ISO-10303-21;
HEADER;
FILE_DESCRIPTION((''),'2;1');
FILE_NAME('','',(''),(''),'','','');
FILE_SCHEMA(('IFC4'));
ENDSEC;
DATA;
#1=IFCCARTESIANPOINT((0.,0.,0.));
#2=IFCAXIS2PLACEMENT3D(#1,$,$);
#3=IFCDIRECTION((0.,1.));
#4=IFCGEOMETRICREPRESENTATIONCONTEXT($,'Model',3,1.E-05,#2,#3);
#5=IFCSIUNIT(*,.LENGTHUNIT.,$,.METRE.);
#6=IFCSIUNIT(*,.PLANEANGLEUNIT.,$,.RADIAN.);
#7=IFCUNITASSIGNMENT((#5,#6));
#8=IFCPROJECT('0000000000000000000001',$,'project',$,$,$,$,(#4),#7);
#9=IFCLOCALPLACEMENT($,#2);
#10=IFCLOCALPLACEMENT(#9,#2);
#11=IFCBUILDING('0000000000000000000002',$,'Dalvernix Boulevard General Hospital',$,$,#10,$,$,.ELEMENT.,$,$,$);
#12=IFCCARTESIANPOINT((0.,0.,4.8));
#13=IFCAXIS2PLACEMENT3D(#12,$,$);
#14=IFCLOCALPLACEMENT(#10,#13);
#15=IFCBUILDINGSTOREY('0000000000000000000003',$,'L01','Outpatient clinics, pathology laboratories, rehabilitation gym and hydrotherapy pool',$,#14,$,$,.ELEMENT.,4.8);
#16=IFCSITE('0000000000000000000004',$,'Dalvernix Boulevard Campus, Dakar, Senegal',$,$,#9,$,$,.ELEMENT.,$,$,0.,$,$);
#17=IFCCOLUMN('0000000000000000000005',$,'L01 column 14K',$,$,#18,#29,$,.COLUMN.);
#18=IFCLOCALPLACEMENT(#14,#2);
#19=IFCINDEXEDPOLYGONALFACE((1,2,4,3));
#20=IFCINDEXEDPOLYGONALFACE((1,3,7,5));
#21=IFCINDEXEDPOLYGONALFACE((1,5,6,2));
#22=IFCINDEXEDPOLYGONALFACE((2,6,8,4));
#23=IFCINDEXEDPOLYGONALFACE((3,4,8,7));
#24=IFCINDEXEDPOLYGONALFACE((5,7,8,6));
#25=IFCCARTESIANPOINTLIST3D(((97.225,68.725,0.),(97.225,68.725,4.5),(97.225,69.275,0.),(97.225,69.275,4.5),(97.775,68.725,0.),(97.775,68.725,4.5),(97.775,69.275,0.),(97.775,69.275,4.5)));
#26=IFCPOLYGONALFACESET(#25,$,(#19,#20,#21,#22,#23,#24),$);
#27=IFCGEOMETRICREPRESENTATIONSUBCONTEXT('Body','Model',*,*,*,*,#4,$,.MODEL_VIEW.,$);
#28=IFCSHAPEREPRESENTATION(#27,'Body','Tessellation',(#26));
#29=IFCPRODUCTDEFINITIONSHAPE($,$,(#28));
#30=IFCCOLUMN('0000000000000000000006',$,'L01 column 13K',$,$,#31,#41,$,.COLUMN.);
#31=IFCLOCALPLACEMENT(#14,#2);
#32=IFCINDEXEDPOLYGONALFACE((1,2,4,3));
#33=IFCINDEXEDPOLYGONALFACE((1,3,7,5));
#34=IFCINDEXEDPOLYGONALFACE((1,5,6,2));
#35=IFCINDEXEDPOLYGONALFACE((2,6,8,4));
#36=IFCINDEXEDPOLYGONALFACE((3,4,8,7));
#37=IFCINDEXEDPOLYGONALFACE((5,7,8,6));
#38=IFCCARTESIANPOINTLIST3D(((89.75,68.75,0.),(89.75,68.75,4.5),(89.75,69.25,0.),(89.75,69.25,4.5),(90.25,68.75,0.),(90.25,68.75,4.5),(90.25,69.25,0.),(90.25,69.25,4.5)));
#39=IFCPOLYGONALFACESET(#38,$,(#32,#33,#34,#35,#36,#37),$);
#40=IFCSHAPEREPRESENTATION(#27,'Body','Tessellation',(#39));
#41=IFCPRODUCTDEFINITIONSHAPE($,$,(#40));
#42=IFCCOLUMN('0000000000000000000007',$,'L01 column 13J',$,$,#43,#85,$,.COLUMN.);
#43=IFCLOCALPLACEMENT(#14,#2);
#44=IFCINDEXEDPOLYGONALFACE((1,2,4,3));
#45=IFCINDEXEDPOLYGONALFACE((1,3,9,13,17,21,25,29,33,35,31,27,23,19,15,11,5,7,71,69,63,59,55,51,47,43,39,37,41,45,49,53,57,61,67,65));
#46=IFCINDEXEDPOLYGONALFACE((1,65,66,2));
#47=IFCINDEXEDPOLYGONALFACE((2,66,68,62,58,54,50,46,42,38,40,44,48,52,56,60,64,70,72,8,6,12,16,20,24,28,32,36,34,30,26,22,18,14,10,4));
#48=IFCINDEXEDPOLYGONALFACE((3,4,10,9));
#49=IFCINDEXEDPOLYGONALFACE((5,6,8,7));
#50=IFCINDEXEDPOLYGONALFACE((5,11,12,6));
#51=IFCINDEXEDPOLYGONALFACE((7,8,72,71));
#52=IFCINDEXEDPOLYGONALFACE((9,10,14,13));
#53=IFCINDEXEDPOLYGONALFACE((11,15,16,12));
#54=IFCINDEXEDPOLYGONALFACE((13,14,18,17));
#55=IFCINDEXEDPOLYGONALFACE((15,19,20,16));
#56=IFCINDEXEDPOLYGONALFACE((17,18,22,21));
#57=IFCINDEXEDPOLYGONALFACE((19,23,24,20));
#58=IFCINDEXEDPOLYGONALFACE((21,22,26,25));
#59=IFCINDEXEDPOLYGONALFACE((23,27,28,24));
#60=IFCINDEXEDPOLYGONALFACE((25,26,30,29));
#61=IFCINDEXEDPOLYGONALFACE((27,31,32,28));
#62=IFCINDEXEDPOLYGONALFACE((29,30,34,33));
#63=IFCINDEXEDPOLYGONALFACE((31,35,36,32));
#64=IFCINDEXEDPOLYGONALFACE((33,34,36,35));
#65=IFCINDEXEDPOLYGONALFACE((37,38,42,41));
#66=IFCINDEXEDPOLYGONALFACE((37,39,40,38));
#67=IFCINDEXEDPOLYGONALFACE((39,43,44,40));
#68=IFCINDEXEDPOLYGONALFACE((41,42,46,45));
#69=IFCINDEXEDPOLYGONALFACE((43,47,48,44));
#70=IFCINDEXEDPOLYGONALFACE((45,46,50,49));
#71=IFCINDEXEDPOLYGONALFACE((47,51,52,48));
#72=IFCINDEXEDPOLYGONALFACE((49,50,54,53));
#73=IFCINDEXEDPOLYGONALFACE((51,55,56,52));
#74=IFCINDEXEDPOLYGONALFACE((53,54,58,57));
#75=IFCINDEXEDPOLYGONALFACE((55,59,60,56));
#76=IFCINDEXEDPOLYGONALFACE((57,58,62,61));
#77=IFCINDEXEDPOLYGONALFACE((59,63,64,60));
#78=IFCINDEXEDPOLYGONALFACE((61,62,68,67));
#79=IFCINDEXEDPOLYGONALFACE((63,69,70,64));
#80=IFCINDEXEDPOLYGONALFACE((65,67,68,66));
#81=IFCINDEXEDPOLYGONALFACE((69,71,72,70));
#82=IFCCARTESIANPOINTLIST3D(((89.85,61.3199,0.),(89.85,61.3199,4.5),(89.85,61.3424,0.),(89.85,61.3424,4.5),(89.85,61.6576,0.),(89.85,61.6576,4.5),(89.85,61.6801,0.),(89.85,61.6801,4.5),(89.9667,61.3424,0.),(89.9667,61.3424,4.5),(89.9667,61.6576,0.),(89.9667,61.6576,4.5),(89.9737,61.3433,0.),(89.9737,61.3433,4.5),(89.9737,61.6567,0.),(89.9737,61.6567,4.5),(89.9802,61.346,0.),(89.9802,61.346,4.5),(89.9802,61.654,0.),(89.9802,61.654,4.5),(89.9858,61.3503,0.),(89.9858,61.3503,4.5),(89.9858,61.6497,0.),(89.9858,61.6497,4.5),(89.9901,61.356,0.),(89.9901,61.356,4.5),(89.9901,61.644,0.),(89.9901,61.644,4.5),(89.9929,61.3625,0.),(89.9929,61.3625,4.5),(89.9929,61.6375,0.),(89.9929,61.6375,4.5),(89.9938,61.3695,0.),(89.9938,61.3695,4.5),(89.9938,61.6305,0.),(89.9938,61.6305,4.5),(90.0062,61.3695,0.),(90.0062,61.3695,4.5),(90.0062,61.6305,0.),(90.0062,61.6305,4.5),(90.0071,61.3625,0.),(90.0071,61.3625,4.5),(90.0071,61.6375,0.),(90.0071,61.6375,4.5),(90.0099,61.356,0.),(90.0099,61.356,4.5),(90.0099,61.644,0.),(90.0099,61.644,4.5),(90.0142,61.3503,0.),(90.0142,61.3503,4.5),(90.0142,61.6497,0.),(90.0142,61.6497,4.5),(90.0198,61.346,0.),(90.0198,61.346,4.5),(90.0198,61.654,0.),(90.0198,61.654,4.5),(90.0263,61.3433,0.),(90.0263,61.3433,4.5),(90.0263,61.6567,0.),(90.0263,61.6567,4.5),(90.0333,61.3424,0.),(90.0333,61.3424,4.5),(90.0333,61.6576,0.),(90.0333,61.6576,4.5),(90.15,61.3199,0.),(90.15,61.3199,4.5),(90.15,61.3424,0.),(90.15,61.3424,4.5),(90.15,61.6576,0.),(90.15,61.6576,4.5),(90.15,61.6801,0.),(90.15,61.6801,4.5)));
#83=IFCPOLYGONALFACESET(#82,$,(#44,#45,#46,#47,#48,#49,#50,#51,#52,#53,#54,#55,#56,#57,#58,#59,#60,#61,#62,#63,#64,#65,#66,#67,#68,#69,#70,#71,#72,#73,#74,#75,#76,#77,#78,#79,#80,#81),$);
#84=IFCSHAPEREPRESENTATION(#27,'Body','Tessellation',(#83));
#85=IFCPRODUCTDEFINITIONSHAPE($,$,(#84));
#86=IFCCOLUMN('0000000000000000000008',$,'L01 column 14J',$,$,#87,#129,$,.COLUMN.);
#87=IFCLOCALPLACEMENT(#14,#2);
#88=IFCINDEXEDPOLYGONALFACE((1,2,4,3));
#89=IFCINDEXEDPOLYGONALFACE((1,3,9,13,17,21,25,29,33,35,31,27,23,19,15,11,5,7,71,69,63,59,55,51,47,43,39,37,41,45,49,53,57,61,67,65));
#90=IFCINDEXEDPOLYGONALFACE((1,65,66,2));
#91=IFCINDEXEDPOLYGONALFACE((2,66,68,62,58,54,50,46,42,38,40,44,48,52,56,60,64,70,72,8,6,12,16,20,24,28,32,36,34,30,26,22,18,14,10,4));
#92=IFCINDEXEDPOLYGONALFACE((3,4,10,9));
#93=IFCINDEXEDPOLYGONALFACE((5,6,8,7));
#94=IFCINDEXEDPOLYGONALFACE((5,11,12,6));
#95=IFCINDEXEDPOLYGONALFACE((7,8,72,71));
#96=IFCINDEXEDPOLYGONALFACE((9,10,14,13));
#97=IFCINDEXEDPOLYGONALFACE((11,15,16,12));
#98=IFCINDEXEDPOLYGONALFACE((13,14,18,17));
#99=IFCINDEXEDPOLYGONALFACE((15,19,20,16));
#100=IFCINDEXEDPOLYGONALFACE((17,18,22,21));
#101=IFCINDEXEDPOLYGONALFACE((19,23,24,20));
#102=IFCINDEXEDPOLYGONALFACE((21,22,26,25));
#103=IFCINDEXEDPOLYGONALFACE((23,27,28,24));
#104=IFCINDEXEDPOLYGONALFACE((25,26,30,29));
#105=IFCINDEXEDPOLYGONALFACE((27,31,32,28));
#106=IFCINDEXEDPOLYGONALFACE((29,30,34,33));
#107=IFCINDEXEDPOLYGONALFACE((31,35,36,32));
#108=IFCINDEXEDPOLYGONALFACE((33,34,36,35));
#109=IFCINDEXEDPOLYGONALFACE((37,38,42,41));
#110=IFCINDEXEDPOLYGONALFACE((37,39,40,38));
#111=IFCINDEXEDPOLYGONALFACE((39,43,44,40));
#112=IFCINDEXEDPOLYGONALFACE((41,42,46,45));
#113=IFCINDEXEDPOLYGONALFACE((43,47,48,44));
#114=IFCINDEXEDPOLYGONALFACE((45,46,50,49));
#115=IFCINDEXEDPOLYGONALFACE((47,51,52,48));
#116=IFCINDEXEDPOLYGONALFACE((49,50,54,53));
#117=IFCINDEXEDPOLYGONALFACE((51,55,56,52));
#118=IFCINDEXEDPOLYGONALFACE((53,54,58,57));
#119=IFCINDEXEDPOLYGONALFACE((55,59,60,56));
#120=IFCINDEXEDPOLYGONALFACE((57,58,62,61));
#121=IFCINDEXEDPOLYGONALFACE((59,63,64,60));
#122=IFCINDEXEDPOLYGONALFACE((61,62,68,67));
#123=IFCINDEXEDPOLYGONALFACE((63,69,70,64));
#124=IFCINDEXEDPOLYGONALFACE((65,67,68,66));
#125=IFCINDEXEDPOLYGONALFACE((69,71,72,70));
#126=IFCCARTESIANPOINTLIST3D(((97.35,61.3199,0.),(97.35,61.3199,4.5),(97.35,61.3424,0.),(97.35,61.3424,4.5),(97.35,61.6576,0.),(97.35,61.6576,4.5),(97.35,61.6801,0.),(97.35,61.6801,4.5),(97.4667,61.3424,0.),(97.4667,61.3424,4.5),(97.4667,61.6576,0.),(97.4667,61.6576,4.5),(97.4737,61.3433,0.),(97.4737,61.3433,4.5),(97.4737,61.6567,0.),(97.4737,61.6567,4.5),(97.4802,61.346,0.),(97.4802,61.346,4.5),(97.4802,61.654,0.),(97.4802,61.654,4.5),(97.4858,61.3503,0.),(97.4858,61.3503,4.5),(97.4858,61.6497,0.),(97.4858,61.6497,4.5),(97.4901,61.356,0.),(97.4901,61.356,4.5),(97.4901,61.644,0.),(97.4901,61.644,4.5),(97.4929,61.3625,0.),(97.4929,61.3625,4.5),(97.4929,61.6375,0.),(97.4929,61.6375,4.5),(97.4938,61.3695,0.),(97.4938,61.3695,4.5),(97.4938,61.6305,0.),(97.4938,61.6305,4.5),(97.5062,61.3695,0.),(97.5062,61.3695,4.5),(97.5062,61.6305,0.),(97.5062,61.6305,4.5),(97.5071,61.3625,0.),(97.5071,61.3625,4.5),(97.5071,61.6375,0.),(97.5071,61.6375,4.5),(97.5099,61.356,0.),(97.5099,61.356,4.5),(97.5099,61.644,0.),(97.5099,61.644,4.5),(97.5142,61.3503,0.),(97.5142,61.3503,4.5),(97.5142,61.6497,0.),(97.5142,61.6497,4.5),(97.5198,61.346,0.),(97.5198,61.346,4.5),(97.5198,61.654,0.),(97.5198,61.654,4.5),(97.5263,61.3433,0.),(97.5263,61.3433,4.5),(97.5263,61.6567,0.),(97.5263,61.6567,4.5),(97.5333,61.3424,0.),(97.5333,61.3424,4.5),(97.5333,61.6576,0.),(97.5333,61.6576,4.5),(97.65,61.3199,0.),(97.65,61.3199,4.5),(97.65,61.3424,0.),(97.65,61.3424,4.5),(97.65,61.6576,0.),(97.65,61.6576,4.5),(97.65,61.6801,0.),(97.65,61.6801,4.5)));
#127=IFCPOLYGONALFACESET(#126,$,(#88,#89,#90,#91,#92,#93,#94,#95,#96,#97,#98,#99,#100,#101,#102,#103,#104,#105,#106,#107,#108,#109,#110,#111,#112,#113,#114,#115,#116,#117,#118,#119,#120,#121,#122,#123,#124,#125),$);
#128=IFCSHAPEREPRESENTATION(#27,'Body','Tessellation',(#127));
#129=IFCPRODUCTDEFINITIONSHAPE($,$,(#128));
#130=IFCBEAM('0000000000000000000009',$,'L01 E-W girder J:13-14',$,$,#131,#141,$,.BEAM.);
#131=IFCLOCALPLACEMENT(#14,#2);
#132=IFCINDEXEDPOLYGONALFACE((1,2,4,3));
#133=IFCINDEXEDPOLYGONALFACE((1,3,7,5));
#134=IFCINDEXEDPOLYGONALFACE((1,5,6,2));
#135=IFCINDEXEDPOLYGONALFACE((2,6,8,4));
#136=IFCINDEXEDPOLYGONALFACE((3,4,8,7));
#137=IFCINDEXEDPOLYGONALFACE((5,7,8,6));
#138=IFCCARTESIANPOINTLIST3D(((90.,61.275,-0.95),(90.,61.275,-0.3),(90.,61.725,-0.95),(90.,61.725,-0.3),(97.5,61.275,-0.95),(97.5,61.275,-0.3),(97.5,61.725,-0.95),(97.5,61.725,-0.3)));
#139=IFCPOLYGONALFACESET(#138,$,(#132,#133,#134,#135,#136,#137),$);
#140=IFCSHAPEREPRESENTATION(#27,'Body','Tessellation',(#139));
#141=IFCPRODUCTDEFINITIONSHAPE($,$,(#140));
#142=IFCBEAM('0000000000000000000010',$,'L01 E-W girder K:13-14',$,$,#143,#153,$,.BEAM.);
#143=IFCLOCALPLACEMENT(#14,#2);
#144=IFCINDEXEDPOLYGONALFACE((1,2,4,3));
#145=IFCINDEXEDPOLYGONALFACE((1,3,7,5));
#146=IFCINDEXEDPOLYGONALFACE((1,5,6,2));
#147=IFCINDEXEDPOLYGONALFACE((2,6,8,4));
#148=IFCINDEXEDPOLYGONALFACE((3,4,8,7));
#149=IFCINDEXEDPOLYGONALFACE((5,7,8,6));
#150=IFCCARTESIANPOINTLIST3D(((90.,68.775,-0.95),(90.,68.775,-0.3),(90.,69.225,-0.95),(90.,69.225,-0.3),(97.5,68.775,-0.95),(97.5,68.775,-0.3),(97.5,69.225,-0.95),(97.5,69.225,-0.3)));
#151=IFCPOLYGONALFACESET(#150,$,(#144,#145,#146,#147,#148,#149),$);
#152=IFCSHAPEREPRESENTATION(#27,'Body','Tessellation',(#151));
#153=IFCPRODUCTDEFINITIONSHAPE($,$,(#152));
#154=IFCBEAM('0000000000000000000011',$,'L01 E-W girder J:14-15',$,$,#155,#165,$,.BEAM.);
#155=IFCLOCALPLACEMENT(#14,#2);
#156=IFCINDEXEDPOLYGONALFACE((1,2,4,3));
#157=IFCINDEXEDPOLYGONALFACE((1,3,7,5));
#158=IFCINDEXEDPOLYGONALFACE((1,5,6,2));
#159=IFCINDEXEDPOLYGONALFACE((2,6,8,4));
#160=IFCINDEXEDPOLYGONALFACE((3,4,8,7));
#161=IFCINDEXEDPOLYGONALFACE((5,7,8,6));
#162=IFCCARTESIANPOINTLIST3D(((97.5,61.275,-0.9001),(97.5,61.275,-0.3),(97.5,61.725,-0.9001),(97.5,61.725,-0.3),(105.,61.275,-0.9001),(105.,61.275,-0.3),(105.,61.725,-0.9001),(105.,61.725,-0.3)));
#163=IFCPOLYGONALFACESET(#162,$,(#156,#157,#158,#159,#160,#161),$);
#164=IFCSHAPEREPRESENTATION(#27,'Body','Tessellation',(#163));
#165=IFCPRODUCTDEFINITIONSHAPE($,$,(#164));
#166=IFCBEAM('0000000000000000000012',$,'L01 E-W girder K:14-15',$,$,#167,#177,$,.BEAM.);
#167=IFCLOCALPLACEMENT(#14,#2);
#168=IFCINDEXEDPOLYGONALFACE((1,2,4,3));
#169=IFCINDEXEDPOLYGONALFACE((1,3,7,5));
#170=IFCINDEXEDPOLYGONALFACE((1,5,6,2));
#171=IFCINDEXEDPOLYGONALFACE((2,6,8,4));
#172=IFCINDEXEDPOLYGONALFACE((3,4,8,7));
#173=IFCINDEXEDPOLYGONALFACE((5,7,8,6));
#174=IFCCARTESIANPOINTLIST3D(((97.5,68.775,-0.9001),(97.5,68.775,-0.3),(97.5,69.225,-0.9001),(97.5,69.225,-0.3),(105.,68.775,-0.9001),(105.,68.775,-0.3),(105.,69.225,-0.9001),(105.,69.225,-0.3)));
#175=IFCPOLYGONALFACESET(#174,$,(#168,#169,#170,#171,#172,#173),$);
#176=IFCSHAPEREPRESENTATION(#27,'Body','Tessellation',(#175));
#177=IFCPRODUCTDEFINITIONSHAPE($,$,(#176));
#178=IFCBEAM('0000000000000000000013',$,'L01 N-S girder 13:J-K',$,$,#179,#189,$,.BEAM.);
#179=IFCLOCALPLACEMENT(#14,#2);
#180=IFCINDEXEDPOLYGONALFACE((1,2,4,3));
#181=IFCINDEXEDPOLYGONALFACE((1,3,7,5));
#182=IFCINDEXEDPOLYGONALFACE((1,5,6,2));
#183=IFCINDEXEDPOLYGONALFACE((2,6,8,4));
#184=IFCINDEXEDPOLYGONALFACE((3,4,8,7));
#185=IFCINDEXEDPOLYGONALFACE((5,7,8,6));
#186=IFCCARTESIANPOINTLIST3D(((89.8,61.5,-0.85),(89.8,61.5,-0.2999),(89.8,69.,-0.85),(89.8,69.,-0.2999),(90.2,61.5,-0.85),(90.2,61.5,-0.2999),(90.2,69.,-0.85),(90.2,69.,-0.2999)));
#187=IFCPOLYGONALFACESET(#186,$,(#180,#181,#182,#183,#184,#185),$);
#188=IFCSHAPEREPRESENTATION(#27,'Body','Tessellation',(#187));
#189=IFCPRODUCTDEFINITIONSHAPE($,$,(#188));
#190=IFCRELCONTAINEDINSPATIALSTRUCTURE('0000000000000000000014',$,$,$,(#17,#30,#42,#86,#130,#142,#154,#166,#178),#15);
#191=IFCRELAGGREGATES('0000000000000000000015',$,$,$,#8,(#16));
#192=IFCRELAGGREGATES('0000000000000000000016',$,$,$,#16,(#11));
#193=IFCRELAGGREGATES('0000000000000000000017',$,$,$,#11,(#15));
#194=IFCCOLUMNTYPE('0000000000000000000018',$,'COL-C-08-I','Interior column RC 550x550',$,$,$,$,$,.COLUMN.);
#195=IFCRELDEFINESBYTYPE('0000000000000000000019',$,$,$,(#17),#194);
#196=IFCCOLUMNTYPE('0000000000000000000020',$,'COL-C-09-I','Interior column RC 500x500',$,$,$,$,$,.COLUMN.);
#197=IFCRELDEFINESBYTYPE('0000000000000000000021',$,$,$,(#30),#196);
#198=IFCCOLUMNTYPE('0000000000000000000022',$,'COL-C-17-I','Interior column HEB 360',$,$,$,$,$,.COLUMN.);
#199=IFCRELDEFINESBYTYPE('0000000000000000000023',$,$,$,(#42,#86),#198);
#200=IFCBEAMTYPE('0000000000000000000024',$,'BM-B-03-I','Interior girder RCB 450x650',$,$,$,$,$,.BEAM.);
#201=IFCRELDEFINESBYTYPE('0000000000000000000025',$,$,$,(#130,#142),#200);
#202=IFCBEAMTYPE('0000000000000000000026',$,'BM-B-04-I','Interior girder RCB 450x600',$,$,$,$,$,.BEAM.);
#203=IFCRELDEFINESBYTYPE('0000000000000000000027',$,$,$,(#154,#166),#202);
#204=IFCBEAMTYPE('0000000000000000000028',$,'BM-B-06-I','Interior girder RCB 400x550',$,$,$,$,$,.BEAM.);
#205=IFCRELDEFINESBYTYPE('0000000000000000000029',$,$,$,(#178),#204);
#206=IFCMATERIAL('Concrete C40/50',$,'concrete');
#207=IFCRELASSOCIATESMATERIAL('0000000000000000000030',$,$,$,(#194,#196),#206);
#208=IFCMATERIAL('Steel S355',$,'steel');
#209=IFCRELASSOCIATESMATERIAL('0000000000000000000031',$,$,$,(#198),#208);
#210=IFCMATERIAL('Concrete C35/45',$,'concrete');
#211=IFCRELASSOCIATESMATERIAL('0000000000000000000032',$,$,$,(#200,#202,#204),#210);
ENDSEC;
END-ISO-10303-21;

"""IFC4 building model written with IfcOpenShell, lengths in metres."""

from ifc_helpers import new_model, si_unit, direction, frame, origin, origin_2d, place, context, subcontext, project, spatial, rectangle, i_section, extrude, material, material_profile, profile_set, type_object, element, save


model = new_model("IFC4")

# Units and contexts
model_context = context("Model", 3, precision=1e-05, world=origin(), true_north=direction((0.0, 1.0)))
body_context = subcontext(model_context, "Body", "Model", "MODEL_VIEW")
ifc_project = project(units=[si_unit("LENGTHUNIT", "METRE"), si_unit("PLANEANGLEUNIT", "RADIAN")], contexts=[model_context])

# Site, building, storey
site_placement = place(None, origin())
site = spatial("IfcSite", under=ifc_project, at=site_placement, Name="Dalvernix Boulevard Campus, Dakar, Senegal", CompositionType="ELEMENT", RefElevation=0.0)
building_placement = place(site_placement, origin())
building = spatial("IfcBuilding", under=site, at=building_placement, Name="Dalvernix Boulevard General Hospital", CompositionType="ELEMENT")
storey_placement = place(building_placement, frame((0.0, 0.0, 4.8)))
storey = spatial("IfcBuildingStorey", under=building, at=storey_placement, Name="L01", Description="Outpatient clinics, pathology laboratories, rehabilitation gym and hydrotherapy pool", CompositionType="ELEMENT", Elevation=4.8)

# Columns
ifc_material_1 = material(Name="Concrete C40/50", Category="concrete")
ifc_material_profile_1 = material_profile(ifc_material_1, rectangle(XDim=0.55, YDim=0.55, at=origin_2d()), Name="RC 550x550")
ifc_profile_set_1 = profile_set([ifc_material_profile_1], Name="Concrete C40/50")
column_type_1 = type_object("IfcColumnType", Name="COL-C-08-I", Description="Interior column RC 550x550", PredefinedType="COLUMN", material=ifc_profile_set_1)
column_1_placement = place(storey_placement, frame((97.5, 69.0, 0.0), z_axis=(0.0, 0.0, 1.0), x_axis=(1.0, 0.0, 0.0)))
element("IfcColumn", 1, at=column_1_placement, inside=storey, type_object=column_type_1, Name="L01 column 14K", PredefinedType="COLUMN", context=body_context, shape_type="SweptSolid", body=[
    extrude(rectangle(XDim=0.55, YDim=0.55, at=origin_2d()), origin(), (0.0, 0.0, 1.0), 4.5),
])
ifc_material_profile_2 = material_profile(ifc_material_1, rectangle(XDim=0.5, YDim=0.5, at=origin_2d()), Name="RC 500x500")
ifc_profile_set_2 = profile_set([ifc_material_profile_2], Name="Concrete C40/50")
column_type_2 = type_object("IfcColumnType", Name="COL-C-09-I", Description="Interior column RC 500x500", PredefinedType="COLUMN", material=ifc_profile_set_2)
column_2_placement = place(storey_placement, frame((90.0, 69.0, 0.0), z_axis=(0.0, 0.0, 1.0), x_axis=(1.0, 0.0, 0.0)))
element("IfcColumn", 2, at=column_2_placement, inside=storey, type_object=column_type_2, Name="L01 column 13K", PredefinedType="COLUMN", context=body_context, shape_type="SweptSolid", body=[
    extrude(rectangle(XDim=0.5, YDim=0.5, at=origin_2d()), origin(), (0.0, 0.0, 1.0), 4.5),
])
ifc_material_2 = material(Name="Steel S355", Category="steel")
ifc_material_profile_3 = material_profile(ifc_material_2, i_section(OverallWidth=0.3, OverallDepth=0.3601, WebThickness=0.0125, FlangeThickness=0.0225, FilletRadius=0.0271, at=origin_2d()), Name="HEB 360")
ifc_profile_set_3 = profile_set([ifc_material_profile_3], Name="Steel S355")
column_type_3 = type_object("IfcColumnType", Name="COL-C-17-I", Description="Interior column HEB 360", PredefinedType="COLUMN", material=ifc_profile_set_3)
for number, where, z_axis, x_axis, name in (
    (3, (90.0, 61.5, 0.0), (0.0, 0.0, 1.0), (1.0, 0.0, 0.0), "L01 column 13J"),
    (4, (97.5, 61.5, 0.0), (0.0, 0.0, 1.0), (1.0, 0.0, 0.0), "L01 column 14J"),
):
    element("IfcColumn", number, at=place(storey_placement, frame(where, z_axis=z_axis, x_axis=x_axis)), inside=storey, type_object=column_type_3, Name=name, PredefinedType="COLUMN", context=body_context, shape_type="SweptSolid", body=[
        extrude(i_section(OverallWidth=0.3, OverallDepth=0.3601, WebThickness=0.0125, FlangeThickness=0.0225, FilletRadius=0.0271, at=origin_2d()), origin(), (0.0, 0.0, 1.0), 4.5),
    ])

# Beams
ifc_material_3 = material(Name="Concrete C35/45", Category="concrete")
ifc_material_profile_4 = material_profile(ifc_material_3, rectangle(XDim=0.45, YDim=0.6499, at=origin_2d()), Name="RCB 450x650")
ifc_profile_set_4 = profile_set([ifc_material_profile_4], Name="Concrete C35/45")
beam_type_1 = type_object("IfcBeamType", Name="BM-B-03-I", Description="Interior girder RCB 450x650", PredefinedType="BEAM", material=ifc_profile_set_4)
for number, where, z_axis, x_axis, name in (
    (5, (90.0, 61.5, -0.625), (1.0, 0.0, 0.0), (0.0, 1.0, 0.0), "L01 E-W girder J:13-14"),
    (6, (90.0, 69.0, -0.625), (1.0, 0.0, 0.0), (0.0, 1.0, 0.0), "L01 E-W girder K:13-14"),
):
    element("IfcBeam", number, at=place(storey_placement, frame(where, z_axis=z_axis, x_axis=x_axis)), inside=storey, type_object=beam_type_1, Name=name, PredefinedType="BEAM", context=body_context, shape_type="SweptSolid", body=[
        extrude(rectangle(XDim=0.45, YDim=0.6499, at=origin_2d()), origin(), (0.0, 0.0, 1.0), 7.5),
    ])
ifc_material_profile_5 = material_profile(ifc_material_3, rectangle(XDim=0.45, YDim=0.6001, at=origin_2d()), Name="RCB 450x600")
ifc_profile_set_5 = profile_set([ifc_material_profile_5], Name="Concrete C35/45")
beam_type_2 = type_object("IfcBeamType", Name="BM-B-04-I", Description="Interior girder RCB 450x600", PredefinedType="BEAM", material=ifc_profile_set_5)
for number, where, z_axis, x_axis, name in (
    (7, (97.5, 61.5, -0.6001), (1.0, 0.0, 0.0), (0.0, 1.0, 0.0), "L01 E-W girder J:14-15"),
    (8, (97.5, 69.0, -0.6001), (1.0, 0.0, 0.0), (0.0, 1.0, 0.0), "L01 E-W girder K:14-15"),
):
    element("IfcBeam", number, at=place(storey_placement, frame(where, z_axis=z_axis, x_axis=x_axis)), inside=storey, type_object=beam_type_2, Name=name, PredefinedType="BEAM", context=body_context, shape_type="SweptSolid", body=[
        extrude(rectangle(XDim=0.45, YDim=0.6001, at=origin_2d()), origin(), (0.0, 0.0, 1.0), 7.5),
    ])
ifc_material_profile_6 = material_profile(ifc_material_3, rectangle(XDim=0.3999, YDim=0.55, at=origin_2d()), Name="RCB 400x550")
ifc_profile_set_6 = profile_set([ifc_material_profile_6], Name="Concrete C35/45")
beam_type_3 = type_object("IfcBeamType", Name="BM-B-06-I", Description="Interior girder RCB 400x550", PredefinedType="BEAM", material=ifc_profile_set_6)
for number, where, z_axis, x_axis, name in (
    (9, (90.0, 61.5, -0.575), (0.0, 1.0, 0.0), (-1.0, 0.0, 0.0), "L01 N-S girder 13:J-K"),
):
    element("IfcBeam", number, at=place(storey_placement, frame(where, z_axis=z_axis, x_axis=x_axis)), inside=storey, type_object=beam_type_3, Name=name, PredefinedType="BEAM", context=body_context, shape_type="SweptSolid", body=[
        extrude(rectangle(XDim=0.3999, YDim=0.55, at=origin_2d()), origin(), (0.0, 0.0, 1.0), 7.5),
    ])

save(model, "model.ifc")
